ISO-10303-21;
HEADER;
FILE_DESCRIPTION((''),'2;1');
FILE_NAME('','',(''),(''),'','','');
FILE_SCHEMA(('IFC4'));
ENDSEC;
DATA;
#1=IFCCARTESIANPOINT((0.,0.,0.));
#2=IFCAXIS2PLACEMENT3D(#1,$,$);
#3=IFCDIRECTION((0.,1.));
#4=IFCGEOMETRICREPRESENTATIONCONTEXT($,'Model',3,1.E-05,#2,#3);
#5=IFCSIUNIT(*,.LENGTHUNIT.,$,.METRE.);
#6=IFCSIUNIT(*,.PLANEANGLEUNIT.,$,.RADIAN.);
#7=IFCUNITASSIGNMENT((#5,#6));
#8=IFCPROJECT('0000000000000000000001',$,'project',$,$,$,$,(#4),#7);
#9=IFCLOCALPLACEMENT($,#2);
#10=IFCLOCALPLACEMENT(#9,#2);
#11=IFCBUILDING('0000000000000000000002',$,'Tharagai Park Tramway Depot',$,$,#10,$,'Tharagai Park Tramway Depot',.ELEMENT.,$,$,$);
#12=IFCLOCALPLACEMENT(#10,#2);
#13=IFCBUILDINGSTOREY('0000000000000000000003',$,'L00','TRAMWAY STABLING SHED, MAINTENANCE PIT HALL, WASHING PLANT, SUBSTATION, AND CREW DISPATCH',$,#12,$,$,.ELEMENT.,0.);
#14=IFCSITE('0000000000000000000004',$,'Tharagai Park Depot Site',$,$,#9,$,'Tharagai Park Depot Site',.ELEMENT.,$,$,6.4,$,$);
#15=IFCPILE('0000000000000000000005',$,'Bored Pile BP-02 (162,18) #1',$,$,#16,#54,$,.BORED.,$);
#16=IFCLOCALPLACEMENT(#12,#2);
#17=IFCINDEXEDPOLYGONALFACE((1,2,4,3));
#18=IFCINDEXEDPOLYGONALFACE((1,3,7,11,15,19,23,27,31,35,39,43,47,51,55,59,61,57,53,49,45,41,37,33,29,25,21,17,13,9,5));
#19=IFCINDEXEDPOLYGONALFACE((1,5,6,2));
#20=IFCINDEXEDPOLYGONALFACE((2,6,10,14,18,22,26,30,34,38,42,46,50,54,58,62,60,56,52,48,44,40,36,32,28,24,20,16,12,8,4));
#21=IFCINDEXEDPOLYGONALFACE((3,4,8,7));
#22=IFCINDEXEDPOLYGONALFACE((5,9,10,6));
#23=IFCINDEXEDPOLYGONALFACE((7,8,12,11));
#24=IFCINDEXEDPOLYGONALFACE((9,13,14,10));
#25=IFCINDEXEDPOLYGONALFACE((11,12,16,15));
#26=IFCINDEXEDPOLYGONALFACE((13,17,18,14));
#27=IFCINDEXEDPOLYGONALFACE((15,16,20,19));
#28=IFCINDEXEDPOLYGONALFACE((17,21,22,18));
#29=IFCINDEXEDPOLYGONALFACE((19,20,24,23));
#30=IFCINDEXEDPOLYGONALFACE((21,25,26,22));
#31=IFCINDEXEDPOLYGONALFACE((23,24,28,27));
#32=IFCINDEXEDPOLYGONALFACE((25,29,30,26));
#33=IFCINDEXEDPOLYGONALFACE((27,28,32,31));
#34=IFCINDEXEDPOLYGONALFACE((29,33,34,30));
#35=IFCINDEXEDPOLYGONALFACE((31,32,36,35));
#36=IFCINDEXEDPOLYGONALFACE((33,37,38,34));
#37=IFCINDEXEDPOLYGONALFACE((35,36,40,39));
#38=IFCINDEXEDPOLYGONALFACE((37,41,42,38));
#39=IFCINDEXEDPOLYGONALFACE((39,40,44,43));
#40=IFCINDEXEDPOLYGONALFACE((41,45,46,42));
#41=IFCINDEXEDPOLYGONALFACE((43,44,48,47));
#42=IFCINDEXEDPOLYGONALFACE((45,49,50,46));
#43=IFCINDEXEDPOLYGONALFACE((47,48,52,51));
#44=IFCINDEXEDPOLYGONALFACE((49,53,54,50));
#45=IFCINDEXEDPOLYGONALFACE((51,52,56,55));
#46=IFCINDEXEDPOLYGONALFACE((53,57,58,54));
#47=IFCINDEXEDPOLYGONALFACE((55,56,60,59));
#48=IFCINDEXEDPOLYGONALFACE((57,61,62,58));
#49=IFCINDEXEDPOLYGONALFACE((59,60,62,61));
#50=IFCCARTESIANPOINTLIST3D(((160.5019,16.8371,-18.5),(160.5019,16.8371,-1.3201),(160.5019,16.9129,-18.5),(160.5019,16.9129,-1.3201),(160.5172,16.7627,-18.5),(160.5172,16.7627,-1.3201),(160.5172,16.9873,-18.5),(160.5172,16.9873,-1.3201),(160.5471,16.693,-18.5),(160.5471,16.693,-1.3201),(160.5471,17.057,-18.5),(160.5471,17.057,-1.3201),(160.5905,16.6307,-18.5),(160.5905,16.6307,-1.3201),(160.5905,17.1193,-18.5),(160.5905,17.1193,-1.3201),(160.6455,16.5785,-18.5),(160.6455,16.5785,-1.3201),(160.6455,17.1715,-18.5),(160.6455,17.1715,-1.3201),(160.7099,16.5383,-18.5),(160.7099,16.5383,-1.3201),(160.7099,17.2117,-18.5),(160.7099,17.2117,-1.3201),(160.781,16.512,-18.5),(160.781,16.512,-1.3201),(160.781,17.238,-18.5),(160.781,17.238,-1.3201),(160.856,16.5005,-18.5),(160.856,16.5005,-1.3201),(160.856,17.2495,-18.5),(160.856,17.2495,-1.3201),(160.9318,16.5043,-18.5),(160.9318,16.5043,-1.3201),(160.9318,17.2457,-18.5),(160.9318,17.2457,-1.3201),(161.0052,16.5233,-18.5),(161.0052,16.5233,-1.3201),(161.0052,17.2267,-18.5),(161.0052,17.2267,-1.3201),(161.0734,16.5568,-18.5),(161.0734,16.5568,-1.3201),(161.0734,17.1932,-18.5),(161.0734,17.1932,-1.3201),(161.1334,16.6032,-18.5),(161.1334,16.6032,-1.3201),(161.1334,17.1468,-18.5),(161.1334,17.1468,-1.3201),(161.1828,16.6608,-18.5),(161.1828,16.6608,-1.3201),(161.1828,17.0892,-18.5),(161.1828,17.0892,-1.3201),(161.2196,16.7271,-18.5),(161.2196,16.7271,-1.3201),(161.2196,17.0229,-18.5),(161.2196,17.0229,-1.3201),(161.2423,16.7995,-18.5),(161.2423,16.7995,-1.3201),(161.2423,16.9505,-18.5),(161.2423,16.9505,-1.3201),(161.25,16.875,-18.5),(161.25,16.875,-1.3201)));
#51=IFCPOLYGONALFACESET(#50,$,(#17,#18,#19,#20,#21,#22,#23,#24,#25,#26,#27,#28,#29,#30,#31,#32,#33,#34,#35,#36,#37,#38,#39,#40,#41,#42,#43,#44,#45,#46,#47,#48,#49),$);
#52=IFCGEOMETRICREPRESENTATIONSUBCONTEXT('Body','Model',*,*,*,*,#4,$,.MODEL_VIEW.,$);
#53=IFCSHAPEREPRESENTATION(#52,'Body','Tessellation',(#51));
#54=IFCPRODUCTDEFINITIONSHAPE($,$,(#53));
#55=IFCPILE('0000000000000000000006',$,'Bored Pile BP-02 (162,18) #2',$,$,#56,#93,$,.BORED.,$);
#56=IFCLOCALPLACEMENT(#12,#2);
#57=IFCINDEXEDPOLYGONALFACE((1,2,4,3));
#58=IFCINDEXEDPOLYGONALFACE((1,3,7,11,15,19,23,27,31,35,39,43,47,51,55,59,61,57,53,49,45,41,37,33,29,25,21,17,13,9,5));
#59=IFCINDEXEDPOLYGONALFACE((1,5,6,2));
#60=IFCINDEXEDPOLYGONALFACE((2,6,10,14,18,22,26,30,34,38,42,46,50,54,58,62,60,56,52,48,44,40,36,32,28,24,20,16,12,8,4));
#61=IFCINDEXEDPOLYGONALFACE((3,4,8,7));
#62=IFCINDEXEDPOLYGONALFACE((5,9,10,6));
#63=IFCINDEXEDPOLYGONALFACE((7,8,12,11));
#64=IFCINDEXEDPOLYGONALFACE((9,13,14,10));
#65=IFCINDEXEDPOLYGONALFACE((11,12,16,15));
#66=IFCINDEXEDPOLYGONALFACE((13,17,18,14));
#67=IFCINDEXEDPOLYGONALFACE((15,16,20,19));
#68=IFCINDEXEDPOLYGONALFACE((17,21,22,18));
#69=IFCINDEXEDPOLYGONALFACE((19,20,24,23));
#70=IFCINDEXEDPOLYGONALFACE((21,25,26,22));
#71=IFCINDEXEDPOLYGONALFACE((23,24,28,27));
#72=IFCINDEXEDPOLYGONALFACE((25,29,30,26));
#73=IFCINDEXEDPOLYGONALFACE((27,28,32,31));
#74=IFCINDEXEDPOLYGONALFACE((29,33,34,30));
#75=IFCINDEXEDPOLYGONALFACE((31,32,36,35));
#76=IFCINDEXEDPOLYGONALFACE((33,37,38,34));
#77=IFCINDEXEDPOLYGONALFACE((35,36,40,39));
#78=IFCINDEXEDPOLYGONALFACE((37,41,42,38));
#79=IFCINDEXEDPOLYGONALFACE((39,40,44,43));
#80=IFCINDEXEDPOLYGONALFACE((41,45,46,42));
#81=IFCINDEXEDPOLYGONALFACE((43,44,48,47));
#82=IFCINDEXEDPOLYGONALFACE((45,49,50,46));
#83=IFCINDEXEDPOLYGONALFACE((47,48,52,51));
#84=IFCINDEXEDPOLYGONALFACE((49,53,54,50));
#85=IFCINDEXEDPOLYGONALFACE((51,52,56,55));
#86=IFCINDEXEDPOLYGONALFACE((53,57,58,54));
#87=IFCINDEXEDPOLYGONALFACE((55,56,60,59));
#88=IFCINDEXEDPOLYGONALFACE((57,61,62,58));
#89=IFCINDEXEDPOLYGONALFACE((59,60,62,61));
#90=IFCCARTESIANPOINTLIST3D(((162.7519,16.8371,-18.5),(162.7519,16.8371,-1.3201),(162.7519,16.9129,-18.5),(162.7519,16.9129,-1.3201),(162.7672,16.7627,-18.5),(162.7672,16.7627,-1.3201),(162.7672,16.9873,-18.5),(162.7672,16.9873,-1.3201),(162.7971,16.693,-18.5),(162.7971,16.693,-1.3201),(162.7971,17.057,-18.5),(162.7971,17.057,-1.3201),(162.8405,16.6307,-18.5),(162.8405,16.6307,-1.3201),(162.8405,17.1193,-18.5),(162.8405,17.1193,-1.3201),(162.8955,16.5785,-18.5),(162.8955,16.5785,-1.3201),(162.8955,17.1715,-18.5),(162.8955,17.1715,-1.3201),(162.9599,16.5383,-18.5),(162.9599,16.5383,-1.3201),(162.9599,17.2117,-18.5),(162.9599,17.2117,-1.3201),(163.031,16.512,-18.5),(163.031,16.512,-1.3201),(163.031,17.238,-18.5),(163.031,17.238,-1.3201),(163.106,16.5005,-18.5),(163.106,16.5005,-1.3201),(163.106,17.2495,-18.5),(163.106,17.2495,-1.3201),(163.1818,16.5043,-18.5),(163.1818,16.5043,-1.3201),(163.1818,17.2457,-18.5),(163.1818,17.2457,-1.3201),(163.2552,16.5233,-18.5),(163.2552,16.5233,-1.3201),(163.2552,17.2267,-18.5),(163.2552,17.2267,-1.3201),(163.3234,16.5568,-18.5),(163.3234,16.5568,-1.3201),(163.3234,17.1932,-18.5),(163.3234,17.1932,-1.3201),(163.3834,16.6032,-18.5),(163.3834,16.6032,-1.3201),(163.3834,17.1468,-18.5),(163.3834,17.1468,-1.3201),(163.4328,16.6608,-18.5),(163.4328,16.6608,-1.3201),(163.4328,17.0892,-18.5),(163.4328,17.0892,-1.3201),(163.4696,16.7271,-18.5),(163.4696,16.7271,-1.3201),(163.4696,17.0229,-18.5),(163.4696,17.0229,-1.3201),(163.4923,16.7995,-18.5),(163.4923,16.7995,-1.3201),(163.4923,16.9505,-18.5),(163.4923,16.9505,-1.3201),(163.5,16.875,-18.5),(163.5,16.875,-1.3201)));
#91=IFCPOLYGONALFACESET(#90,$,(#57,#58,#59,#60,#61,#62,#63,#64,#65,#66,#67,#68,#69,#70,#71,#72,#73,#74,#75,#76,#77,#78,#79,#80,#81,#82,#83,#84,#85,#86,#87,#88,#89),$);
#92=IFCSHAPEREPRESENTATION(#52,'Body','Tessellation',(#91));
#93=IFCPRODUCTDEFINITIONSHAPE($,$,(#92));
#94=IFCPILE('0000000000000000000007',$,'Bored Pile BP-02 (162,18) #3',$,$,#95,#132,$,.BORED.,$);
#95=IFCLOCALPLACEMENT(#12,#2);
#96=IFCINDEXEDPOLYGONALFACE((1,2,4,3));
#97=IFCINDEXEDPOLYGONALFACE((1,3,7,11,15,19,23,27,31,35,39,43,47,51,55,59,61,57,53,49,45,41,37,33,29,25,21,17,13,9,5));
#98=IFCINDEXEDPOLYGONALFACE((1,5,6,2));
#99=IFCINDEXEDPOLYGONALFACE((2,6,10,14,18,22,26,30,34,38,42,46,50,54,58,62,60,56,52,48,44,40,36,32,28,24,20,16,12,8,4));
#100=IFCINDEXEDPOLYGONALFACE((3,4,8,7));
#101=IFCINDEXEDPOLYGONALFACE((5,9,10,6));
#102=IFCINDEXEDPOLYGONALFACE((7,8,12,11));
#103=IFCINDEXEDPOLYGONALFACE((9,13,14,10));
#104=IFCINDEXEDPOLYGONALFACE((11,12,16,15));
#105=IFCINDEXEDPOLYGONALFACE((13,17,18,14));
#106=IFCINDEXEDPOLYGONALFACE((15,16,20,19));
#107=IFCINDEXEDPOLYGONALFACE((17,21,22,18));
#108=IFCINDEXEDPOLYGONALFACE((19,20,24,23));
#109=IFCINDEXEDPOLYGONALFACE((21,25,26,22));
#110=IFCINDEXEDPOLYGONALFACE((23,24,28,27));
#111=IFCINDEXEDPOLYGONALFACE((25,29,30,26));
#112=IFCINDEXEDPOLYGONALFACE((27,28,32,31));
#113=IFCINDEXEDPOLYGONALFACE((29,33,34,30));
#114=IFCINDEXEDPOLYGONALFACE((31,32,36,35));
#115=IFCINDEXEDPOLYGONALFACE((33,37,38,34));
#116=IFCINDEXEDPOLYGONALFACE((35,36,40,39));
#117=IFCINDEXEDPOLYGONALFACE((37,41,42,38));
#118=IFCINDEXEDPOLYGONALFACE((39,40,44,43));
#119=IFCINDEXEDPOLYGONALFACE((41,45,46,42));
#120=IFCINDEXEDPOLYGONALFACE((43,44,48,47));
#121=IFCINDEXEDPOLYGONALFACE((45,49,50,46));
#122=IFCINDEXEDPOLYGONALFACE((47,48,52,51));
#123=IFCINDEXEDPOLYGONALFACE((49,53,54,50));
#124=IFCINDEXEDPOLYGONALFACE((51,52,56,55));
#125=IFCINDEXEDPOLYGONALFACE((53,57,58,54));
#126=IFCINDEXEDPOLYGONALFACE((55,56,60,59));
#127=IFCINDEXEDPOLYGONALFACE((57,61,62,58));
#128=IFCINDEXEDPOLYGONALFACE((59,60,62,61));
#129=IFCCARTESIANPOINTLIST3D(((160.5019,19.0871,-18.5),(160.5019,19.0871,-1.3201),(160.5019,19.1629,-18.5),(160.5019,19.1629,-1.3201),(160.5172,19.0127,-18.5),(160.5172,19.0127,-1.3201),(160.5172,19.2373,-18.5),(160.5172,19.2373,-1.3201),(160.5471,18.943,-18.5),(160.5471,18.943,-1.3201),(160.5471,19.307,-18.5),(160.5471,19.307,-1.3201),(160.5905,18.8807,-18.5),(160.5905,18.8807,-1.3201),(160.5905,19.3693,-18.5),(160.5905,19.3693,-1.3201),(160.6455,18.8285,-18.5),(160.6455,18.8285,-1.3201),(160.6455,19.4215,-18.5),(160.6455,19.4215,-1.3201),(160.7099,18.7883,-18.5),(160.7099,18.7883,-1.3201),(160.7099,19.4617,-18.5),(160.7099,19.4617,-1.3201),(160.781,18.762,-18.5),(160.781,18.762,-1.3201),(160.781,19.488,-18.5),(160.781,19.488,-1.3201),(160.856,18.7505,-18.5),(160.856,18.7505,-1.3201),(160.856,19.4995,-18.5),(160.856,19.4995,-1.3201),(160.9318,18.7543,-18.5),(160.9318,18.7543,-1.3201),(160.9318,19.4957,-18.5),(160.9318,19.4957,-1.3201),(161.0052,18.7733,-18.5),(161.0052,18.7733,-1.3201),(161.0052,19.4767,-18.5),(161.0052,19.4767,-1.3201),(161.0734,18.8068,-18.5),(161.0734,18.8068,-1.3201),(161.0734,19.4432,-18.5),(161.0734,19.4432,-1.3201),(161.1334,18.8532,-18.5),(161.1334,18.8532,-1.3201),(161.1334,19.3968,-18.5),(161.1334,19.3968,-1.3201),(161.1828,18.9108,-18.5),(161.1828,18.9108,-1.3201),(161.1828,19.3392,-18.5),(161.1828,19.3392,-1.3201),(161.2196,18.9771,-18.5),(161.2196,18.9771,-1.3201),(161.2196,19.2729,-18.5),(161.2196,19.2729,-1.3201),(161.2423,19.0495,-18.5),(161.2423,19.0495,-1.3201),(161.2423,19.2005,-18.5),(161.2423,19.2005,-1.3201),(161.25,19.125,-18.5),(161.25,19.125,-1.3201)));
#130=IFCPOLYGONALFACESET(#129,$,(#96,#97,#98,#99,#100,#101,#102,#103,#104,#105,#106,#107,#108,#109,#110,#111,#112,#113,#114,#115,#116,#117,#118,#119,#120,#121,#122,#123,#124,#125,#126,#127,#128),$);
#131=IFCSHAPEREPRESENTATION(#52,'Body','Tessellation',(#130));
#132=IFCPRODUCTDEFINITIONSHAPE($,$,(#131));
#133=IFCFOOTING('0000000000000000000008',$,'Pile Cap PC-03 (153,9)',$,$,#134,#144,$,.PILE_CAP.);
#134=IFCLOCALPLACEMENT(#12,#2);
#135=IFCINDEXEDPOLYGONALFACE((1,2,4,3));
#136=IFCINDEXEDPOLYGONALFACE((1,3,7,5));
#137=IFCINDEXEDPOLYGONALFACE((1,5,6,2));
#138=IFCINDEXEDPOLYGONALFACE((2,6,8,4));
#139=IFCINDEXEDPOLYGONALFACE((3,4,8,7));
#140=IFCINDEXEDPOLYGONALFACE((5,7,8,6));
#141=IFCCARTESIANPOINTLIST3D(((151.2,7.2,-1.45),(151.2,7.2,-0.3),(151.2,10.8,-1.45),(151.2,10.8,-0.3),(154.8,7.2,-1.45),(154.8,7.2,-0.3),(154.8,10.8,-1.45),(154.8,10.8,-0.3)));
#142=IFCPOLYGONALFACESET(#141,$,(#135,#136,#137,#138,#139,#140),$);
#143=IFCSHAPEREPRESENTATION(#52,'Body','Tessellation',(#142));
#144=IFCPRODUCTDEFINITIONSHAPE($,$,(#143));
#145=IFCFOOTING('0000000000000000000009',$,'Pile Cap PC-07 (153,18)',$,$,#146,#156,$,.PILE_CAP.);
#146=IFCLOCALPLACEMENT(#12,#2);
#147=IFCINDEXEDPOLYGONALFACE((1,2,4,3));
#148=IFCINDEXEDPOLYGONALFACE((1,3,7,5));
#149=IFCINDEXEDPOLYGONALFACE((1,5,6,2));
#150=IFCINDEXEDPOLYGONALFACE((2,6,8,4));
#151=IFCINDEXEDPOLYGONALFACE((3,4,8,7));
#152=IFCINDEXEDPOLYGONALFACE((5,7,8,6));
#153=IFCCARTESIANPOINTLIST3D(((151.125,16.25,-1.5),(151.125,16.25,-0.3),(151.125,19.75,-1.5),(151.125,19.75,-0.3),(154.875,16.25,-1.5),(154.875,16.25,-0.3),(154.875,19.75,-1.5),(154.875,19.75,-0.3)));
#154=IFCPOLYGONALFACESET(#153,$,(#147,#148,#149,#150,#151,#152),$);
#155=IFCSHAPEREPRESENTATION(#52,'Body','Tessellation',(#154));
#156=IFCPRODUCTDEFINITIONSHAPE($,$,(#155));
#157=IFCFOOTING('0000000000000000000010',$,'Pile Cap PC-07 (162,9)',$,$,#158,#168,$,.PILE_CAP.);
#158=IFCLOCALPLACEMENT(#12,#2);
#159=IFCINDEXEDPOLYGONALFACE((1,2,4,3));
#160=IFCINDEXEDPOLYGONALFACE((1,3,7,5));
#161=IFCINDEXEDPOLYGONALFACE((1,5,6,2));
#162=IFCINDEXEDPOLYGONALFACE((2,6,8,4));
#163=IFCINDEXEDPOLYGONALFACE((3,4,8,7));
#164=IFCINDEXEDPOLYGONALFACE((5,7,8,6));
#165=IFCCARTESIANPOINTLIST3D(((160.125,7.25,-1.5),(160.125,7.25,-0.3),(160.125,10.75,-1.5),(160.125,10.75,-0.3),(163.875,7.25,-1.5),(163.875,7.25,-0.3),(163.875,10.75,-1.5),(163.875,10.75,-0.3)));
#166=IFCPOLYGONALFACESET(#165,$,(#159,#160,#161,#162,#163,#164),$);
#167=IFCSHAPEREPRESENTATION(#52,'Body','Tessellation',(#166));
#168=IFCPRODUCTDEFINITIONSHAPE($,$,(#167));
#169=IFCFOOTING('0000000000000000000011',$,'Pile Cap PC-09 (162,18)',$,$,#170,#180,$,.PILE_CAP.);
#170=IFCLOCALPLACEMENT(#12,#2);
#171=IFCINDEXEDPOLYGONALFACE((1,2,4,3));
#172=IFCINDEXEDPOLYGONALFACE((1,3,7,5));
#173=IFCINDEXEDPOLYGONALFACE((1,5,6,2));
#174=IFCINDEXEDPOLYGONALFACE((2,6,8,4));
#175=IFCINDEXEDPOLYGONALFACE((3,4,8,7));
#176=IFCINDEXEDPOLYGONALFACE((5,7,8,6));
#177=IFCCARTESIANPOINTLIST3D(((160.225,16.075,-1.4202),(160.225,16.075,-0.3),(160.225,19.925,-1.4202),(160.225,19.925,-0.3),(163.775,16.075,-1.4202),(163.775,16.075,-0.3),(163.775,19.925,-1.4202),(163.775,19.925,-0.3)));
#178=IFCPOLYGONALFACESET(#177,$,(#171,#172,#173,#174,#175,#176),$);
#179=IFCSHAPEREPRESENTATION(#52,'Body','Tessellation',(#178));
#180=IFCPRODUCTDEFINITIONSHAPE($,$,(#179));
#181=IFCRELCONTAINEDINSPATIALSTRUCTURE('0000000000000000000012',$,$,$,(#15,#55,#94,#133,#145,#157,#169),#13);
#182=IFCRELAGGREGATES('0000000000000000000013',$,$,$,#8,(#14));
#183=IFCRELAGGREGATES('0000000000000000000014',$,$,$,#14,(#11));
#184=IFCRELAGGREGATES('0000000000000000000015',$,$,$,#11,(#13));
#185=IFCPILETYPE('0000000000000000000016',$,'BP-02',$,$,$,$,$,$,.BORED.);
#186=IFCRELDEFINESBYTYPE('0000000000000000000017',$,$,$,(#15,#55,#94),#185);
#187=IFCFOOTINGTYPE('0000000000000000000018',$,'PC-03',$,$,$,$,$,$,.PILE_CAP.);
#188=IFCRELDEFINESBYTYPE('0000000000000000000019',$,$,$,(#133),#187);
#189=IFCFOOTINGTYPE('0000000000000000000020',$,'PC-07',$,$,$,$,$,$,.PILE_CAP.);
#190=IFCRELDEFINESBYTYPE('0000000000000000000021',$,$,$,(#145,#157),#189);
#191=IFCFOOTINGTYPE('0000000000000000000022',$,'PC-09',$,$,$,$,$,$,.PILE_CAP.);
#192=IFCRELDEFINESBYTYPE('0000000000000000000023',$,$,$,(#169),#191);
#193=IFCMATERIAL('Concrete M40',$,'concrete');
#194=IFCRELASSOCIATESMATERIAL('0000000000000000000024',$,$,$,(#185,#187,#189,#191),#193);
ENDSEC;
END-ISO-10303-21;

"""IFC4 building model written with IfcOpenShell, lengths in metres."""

from ifc_helpers import new_model, si_unit, direction, frame, origin, origin_2d, place, context, subcontext, project, spatial, rectangle, circle, extrude, material, material_profile, profile_set, type_object, element, save


model = new_model("IFC4")

# Units and contexts
model_context = context("Model", 3, precision=1e-05, world=origin(), true_north=direction((0.0, 1.0)))
body_context = subcontext(model_context, "Body", "Model", "MODEL_VIEW")
ifc_project = project(units=[si_unit("LENGTHUNIT", "METRE"), si_unit("PLANEANGLEUNIT", "RADIAN")], contexts=[model_context])

# Site, building, storey
site_placement = place(None, origin())
site = spatial("IfcSite", under=ifc_project, at=site_placement, Name="Tharagai Park Depot Site", LongName="Tharagai Park Depot Site", CompositionType="ELEMENT", RefElevation=6.4)
building_placement = place(site_placement, origin())
building = spatial("IfcBuilding", under=site, at=building_placement, Name="Tharagai Park Tramway Depot", LongName="Tharagai Park Tramway Depot", CompositionType="ELEMENT")
storey_placement = place(building_placement, origin())
storey = spatial("IfcBuildingStorey", under=building, at=storey_placement, Name="L00", Description="TRAMWAY STABLING SHED, MAINTENANCE PIT HALL, WASHING PLANT, SUBSTATION, AND CREW DISPATCH", CompositionType="ELEMENT", Elevation=0.0)

# Piles
ifc_material_1 = material(Name="Concrete M40", Category="concrete")
ifc_material_profile_1 = material_profile(ifc_material_1, circle(Radius=0.375, at=origin_2d()), Name="PILE D750")
ifc_profile_set_1 = profile_set([ifc_material_profile_1], Name="Concrete M40")
pile_type = type_object("IfcPileType", Name="BP-02", PredefinedType="BORED", material=ifc_profile_set_1)
for number, where, z_axis, x_axis, name in (
    (1, (160.875, 16.875, -1.3201), (0.0, 0.0, -1.0), (1.0, 0.0, 0.0), "Bored Pile BP-02 (162,18) #1"),
    (2, (163.125, 16.875, -1.3201), (0.0, 0.0, -1.0), (1.0, 0.0, 0.0), "Bored Pile BP-02 (162,18) #2"),
    (3, (160.875, 19.125, -1.3201), (0.0, 0.0, -1.0), (1.0, 0.0, 0.0), "Bored Pile BP-02 (162,18) #3"),
):
    element("IfcPile", number, at=place(storey_placement, frame(where, z_axis=z_axis, x_axis=x_axis)), inside=storey, type_object=pile_type, Name=name, PredefinedType="BORED", context=body_context, shape_type="SweptSolid", body=[
        extrude(circle(Radius=0.375, at=origin_2d()), origin(), (0.0, 0.0, 1.0), 17.1799),
    ])

# Footings
footing_type_1 = type_object("IfcFootingType", Name="PC-03", PredefinedType="PILE_CAP", material=ifc_material_1)
footing_1_placement = place(storey_placement, frame((153.0, 9.0, -1.45), z_axis=(0.0, 0.0, 1.0), x_axis=(1.0, 0.0, 0.0)))
element("IfcFooting", 4, at=footing_1_placement, inside=storey, type_object=footing_type_1, Name="Pile Cap PC-03 (153,9)", PredefinedType="PILE_CAP", context=body_context, shape_type="SweptSolid", body=[
    extrude(rectangle(XDim=3.6001, YDim=3.6001, at=origin_2d()), origin(), (0.0, 0.0, 1.0), 1.1499),
])
footing_type_2 = type_object("IfcFootingType", Name="PC-07", PredefinedType="PILE_CAP", material=ifc_material_1)
for number, where, z_axis, x_axis, name in (
    (5, (153.0, 18.0, -1.5), (0.0, 0.0, 1.0), (1.0, 0.0, 0.0), "Pile Cap PC-07 (153,18)"),
    (6, (162.0, 9.0, -1.5), (0.0, 0.0, 1.0), (1.0, 0.0, 0.0), "Pile Cap PC-07 (162,9)"),
):
    element("IfcFooting", number, at=place(storey_placement, frame(where, z_axis=z_axis, x_axis=x_axis)), inside=storey, type_object=footing_type_2, Name=name, PredefinedType="PILE_CAP", context=body_context, shape_type="SweptSolid", body=[
        extrude(rectangle(XDim=3.75, YDim=3.5, at=origin_2d()), origin(), (0.0, 0.0, 1.0), 1.2),
    ])
footing_type_3 = type_object("IfcFootingType", Name="PC-09", PredefinedType="PILE_CAP", material=ifc_material_1)
footing_2_placement = place(storey_placement, frame((162.0, 18.0, -1.4202), z_axis=(0.0, 0.0, 1.0), x_axis=(1.0, 0.0, 0.0)))
element("IfcFooting", 7, at=footing_2_placement, inside=storey, type_object=footing_type_3, Name="Pile Cap PC-09 (162,18)", PredefinedType="PILE_CAP", context=body_context, shape_type="SweptSolid", body=[
    extrude(rectangle(XDim=3.55, YDim=3.8501, at=origin_2d()), origin(), (0.0, 0.0, 1.0), 1.1201),
])

save(model, "model.ifc")
